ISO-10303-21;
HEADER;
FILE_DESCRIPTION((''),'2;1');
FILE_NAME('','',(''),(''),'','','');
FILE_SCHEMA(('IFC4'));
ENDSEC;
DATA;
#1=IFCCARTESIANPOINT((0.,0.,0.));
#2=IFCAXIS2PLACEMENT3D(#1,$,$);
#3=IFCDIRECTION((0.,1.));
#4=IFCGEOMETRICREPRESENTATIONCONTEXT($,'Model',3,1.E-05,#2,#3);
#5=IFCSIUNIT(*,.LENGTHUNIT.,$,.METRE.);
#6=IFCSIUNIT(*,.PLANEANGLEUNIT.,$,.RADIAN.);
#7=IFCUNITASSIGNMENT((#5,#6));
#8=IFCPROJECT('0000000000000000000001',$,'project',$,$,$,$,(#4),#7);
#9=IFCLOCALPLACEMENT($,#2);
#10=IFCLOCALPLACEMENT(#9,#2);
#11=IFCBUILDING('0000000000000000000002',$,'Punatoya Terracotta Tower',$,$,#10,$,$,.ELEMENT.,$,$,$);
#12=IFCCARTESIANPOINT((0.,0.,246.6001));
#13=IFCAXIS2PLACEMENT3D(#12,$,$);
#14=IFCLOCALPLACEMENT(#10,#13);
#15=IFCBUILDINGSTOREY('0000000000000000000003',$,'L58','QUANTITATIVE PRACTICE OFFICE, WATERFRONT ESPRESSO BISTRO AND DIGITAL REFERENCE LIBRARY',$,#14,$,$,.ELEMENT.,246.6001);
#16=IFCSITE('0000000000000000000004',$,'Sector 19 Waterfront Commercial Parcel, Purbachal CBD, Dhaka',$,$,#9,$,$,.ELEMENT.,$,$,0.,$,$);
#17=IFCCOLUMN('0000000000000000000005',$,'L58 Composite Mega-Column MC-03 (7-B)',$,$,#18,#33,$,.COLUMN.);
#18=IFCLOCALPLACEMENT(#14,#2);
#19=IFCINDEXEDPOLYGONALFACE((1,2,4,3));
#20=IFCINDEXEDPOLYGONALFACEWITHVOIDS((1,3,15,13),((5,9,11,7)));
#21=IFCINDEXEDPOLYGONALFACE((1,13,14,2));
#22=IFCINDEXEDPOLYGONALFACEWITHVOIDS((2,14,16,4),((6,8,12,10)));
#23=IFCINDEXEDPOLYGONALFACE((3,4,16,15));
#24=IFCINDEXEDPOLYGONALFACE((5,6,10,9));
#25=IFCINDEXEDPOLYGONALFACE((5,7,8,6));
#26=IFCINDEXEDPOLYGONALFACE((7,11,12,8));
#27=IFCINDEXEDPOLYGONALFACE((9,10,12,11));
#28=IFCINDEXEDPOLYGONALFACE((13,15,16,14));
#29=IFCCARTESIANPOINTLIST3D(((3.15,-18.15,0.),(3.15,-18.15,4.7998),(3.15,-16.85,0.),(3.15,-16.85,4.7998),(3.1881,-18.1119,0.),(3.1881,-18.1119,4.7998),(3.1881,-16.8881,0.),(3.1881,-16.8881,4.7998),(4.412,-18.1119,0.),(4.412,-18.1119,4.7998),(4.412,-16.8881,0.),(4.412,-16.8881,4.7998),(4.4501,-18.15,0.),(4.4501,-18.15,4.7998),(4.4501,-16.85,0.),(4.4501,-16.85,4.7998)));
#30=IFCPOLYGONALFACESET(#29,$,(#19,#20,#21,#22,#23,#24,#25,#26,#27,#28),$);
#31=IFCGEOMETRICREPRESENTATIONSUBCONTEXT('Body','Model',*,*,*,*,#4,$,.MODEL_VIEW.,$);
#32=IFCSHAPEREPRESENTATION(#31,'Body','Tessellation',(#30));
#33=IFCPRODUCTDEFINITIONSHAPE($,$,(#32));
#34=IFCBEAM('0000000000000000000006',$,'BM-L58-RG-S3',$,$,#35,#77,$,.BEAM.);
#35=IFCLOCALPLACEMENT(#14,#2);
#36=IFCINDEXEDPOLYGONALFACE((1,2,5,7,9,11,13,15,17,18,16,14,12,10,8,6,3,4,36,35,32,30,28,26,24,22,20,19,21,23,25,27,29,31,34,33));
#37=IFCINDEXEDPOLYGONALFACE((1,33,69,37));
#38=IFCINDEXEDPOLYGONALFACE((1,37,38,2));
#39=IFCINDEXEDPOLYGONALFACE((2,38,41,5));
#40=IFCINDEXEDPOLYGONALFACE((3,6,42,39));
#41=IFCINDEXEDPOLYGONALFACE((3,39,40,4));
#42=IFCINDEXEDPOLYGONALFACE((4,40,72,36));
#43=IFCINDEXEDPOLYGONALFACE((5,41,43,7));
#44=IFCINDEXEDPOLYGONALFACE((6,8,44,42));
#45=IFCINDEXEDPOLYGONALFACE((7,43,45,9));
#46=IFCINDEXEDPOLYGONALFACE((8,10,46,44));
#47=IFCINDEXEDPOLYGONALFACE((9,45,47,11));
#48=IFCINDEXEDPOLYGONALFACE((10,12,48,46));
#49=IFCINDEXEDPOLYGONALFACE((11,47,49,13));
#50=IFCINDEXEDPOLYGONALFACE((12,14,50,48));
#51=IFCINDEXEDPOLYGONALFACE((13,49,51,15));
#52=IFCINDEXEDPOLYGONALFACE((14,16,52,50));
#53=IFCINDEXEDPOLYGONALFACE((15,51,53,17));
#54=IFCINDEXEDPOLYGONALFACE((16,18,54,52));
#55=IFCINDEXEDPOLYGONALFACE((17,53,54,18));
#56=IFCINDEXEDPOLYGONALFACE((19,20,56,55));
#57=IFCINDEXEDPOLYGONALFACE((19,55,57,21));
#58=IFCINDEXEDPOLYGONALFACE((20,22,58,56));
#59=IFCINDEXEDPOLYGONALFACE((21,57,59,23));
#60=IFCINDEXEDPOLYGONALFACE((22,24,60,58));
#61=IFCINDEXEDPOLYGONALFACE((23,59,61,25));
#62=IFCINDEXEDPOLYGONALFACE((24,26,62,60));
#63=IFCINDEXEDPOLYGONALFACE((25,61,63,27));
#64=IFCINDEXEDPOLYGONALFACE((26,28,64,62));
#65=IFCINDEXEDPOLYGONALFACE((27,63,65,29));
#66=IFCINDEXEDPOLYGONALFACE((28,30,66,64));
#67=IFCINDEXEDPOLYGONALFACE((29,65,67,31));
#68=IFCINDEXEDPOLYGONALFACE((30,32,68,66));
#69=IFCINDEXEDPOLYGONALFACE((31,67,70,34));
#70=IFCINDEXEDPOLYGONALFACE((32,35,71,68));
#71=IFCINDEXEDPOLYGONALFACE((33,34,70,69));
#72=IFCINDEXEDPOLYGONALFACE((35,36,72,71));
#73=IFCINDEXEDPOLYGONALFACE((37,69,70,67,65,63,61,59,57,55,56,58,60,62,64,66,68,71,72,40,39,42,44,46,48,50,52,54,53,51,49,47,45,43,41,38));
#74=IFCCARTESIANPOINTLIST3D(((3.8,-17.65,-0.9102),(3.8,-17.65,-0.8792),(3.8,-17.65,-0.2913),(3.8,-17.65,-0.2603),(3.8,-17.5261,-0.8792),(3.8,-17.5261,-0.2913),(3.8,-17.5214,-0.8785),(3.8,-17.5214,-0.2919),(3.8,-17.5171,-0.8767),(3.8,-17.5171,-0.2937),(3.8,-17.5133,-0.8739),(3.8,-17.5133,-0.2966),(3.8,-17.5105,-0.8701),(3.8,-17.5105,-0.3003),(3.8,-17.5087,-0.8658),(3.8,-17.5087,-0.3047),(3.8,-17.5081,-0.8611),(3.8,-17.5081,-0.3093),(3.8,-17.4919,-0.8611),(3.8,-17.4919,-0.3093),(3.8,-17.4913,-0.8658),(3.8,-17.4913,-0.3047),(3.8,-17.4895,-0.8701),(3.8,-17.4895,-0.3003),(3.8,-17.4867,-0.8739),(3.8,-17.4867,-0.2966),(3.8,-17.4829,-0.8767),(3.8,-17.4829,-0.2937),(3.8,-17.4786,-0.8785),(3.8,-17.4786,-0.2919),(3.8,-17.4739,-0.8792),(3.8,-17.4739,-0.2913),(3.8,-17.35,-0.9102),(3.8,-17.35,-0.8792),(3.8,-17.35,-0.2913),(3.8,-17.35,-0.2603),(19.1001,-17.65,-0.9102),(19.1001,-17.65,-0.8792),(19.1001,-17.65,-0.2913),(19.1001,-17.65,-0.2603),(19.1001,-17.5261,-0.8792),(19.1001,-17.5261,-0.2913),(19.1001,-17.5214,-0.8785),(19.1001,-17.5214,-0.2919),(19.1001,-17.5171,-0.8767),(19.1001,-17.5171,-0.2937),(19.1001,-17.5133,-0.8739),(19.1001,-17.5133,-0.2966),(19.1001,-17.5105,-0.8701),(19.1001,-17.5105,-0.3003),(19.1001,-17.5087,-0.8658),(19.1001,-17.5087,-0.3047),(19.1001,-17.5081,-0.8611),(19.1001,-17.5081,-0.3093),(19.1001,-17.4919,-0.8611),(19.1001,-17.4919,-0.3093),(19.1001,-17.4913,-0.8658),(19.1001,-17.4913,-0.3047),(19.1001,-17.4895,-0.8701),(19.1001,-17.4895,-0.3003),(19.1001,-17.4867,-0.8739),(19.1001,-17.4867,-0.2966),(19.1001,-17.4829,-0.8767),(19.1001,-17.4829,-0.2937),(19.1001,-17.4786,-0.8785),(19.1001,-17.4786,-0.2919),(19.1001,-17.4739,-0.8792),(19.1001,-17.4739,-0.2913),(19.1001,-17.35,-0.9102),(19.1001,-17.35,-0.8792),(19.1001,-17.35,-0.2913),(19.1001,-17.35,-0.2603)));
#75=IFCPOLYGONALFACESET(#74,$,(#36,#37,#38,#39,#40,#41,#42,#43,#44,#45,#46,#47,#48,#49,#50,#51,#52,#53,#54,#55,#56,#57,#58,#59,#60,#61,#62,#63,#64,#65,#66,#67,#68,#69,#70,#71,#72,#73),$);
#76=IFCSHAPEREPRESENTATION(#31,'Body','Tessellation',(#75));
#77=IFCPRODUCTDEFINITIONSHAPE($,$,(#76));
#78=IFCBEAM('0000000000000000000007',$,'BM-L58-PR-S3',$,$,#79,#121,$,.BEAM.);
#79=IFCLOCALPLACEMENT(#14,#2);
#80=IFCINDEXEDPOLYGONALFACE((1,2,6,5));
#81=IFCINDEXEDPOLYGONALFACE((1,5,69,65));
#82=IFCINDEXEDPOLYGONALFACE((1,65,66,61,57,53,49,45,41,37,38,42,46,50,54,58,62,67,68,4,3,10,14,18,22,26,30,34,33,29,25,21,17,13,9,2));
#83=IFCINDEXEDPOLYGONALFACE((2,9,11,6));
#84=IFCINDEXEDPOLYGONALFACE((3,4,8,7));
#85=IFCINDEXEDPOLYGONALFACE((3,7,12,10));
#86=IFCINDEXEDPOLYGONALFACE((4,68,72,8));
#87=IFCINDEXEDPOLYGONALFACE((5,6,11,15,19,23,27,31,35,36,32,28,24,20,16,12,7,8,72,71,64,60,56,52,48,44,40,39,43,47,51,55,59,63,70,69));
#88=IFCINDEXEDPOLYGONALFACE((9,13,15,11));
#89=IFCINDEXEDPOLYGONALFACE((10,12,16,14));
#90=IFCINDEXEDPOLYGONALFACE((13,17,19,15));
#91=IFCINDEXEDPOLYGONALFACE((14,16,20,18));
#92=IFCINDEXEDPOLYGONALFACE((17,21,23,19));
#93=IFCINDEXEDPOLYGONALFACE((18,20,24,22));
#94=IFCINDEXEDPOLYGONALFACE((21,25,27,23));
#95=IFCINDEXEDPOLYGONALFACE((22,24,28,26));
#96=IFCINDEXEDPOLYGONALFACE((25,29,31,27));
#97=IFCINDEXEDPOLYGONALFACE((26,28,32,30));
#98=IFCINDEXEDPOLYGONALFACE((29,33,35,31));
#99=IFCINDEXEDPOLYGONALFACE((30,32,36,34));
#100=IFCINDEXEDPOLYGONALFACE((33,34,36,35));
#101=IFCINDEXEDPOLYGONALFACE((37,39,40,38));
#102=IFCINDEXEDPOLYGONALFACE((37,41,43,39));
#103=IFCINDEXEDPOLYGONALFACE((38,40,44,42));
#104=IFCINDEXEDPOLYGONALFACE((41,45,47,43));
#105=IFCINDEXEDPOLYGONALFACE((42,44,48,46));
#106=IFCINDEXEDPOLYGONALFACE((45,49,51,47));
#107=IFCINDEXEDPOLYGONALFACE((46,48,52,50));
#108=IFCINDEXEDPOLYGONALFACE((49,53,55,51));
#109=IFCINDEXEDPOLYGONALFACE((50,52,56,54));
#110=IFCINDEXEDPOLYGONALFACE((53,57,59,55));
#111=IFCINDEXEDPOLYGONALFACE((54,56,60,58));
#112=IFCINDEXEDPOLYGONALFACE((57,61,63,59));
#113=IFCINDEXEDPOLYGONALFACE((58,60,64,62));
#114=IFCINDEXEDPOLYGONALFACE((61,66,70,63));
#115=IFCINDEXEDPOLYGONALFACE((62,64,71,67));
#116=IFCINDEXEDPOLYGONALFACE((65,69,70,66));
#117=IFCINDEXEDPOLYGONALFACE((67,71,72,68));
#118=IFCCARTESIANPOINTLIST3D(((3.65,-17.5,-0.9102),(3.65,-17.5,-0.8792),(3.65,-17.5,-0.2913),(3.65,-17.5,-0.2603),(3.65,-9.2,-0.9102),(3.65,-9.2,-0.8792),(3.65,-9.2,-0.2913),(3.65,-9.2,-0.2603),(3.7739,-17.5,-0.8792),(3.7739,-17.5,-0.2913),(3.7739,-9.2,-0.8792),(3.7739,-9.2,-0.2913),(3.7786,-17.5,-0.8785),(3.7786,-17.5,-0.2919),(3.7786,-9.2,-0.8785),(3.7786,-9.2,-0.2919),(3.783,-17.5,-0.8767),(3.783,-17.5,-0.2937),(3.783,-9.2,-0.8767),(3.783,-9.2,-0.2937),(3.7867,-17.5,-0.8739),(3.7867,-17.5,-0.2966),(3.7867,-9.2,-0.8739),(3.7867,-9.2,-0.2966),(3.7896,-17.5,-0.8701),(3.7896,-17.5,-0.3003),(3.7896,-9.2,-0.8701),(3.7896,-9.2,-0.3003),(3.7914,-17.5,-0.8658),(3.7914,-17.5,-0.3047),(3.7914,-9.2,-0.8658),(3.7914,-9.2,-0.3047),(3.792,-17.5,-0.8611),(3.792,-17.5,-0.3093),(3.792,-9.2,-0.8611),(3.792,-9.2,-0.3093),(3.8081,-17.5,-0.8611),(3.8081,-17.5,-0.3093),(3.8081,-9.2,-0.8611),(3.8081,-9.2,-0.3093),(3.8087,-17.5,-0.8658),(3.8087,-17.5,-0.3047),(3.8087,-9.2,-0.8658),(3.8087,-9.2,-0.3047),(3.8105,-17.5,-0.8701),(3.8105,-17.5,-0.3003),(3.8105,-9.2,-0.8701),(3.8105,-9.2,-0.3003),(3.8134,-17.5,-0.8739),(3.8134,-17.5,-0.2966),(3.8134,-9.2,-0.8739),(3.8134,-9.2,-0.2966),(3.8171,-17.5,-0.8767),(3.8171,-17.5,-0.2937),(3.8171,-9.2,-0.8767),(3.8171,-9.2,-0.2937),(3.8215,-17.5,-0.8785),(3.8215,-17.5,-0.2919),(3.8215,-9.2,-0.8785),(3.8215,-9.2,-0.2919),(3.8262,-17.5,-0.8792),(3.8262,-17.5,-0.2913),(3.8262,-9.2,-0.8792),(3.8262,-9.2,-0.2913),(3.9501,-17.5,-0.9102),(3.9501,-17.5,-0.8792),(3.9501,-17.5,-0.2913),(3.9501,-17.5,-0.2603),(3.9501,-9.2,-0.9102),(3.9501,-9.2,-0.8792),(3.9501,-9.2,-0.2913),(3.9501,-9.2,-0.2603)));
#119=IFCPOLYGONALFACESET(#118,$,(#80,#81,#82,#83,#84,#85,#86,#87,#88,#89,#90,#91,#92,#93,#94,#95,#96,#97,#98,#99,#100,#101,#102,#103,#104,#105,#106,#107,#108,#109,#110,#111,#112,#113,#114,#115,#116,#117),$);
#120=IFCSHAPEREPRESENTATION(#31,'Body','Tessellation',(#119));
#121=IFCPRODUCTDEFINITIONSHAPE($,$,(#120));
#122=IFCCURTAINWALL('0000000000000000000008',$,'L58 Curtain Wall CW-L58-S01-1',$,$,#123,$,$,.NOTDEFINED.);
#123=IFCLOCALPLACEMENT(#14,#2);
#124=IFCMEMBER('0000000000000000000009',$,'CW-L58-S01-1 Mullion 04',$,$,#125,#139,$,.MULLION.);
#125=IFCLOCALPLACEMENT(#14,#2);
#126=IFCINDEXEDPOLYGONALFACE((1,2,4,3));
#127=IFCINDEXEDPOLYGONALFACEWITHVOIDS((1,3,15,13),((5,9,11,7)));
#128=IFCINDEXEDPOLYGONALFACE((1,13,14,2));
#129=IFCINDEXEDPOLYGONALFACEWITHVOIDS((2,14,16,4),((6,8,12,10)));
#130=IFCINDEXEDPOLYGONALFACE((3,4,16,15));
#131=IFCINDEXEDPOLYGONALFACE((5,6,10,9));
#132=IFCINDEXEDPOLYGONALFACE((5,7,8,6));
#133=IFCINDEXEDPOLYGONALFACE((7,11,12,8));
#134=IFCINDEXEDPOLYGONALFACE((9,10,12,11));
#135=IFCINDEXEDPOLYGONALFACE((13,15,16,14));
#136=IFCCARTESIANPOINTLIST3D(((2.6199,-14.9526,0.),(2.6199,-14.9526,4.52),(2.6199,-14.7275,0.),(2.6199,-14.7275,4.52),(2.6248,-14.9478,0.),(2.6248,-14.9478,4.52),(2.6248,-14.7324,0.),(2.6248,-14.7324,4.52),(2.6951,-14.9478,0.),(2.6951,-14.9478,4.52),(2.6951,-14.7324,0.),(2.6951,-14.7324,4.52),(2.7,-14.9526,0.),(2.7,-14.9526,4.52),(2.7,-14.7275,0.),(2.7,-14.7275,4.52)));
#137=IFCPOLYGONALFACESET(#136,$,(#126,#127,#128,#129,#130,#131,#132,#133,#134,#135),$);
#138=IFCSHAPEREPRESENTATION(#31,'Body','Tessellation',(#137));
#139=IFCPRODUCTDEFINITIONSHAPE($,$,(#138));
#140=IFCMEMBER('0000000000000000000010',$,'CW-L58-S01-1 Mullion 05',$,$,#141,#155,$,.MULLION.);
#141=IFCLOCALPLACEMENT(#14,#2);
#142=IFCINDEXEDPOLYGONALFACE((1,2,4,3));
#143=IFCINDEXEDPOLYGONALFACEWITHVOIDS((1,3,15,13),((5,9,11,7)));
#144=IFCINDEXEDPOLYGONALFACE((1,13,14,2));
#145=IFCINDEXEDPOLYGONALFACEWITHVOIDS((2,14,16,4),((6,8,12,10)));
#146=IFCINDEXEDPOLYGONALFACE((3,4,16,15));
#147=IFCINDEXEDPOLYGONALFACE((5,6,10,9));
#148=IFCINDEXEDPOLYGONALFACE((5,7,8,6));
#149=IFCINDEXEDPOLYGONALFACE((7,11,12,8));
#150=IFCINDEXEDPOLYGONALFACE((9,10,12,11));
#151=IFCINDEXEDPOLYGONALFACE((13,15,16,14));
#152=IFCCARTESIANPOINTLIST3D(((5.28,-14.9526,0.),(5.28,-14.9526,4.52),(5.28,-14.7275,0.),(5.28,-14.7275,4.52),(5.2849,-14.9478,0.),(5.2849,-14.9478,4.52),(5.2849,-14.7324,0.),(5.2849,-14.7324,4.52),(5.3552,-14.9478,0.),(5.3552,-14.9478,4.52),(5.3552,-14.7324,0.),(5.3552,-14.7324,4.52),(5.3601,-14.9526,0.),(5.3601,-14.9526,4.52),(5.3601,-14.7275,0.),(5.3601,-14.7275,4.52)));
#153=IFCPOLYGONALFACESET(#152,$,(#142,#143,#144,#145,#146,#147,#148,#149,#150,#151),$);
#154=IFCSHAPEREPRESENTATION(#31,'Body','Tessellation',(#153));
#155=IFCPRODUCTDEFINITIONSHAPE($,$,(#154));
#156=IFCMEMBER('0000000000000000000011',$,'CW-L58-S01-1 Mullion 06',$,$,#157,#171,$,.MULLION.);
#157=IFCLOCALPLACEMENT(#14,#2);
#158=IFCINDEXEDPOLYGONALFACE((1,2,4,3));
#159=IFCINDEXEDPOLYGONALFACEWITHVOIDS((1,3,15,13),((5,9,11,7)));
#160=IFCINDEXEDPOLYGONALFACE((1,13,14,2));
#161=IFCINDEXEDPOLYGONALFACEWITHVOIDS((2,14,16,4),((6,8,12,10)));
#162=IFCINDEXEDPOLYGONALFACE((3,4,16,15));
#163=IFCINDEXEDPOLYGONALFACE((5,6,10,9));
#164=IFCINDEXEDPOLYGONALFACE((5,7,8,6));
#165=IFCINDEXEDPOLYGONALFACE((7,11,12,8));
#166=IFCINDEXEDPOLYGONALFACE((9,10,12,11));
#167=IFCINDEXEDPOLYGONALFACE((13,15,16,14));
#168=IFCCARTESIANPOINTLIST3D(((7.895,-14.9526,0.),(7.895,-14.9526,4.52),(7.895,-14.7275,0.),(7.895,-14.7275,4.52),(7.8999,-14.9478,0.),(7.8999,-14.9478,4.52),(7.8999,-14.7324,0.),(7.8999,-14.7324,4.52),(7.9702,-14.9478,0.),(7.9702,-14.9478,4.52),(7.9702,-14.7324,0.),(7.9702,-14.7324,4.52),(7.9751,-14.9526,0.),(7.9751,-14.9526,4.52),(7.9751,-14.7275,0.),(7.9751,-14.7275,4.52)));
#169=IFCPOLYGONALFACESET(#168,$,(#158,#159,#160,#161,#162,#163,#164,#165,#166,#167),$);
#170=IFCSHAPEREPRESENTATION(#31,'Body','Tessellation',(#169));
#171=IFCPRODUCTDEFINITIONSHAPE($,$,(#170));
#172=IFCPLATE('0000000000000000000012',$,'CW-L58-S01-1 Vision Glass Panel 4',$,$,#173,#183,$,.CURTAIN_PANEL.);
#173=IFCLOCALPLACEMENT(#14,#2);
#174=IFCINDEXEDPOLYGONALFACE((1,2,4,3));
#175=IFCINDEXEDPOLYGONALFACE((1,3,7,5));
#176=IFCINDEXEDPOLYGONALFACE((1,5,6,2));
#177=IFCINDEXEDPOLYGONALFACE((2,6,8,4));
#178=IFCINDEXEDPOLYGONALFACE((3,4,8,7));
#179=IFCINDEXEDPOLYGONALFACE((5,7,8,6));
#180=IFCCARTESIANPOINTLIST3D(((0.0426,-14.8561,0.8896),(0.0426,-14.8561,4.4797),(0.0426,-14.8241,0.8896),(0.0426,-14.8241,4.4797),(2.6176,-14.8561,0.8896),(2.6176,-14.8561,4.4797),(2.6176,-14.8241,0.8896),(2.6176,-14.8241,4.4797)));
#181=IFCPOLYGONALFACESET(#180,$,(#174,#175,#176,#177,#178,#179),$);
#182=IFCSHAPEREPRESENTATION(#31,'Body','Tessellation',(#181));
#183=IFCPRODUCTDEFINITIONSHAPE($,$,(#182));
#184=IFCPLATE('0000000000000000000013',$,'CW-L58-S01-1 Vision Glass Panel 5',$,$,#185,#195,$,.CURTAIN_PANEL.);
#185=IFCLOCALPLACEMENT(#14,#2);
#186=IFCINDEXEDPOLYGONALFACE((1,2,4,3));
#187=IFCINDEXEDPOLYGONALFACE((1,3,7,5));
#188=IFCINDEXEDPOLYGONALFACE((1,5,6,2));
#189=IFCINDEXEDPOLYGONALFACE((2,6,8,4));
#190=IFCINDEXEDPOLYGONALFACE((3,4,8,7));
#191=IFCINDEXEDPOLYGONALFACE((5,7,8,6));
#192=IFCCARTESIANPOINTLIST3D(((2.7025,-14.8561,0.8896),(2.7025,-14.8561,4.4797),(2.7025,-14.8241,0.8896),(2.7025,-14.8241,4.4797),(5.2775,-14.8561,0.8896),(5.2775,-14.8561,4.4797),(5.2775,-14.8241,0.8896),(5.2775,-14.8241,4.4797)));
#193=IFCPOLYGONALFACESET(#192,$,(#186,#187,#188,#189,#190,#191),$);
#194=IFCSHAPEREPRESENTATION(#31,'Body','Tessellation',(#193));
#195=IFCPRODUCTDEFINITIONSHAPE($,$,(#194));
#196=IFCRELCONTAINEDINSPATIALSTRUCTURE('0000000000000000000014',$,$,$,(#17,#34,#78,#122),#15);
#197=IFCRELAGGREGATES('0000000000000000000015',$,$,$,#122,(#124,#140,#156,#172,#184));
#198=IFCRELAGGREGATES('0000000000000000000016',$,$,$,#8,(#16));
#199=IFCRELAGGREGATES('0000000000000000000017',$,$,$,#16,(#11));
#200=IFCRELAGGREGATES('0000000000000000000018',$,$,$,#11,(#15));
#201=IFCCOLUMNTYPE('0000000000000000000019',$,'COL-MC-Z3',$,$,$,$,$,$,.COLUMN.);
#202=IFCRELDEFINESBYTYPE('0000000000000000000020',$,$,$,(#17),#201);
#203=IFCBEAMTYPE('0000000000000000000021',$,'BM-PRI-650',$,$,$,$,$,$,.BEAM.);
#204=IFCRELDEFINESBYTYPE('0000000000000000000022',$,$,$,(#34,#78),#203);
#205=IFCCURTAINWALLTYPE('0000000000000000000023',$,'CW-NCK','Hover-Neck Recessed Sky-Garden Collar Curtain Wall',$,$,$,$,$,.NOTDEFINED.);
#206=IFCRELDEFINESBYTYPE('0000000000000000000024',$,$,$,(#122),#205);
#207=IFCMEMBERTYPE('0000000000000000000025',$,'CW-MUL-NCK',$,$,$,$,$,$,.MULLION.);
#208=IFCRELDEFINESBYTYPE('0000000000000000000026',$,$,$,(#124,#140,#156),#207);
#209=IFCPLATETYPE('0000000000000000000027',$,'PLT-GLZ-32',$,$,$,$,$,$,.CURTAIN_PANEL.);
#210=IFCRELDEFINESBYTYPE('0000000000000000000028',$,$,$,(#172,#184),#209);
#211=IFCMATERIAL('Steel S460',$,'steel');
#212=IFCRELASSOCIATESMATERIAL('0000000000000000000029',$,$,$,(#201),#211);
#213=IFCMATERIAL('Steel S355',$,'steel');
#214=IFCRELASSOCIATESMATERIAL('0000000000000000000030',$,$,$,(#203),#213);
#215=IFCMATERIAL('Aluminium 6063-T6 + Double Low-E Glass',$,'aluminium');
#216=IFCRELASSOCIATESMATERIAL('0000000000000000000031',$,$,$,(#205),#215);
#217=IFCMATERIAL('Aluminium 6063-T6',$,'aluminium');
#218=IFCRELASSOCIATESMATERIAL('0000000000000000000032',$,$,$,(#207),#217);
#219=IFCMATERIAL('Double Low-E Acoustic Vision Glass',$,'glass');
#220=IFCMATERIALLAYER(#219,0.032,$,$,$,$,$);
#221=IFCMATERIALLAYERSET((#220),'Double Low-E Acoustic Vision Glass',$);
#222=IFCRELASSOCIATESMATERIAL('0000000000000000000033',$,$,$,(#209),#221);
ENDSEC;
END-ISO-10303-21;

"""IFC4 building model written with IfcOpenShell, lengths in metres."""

from ifc_helpers import new_model, si_unit, direction, frame, origin, origin_2d, place, context, subcontext, project, spatial, rectangle, hollow_rectangle, i_section, extrude, material, layer, layer_set, material_profile, profile_set, type_object, element, aggregate, save


model = new_model("IFC4")

# Units and contexts
model_context = context("Model", 3, precision=1e-05, world=origin(), true_north=direction((0.0, 1.0)))
body_context = subcontext(model_context, "Body", "Model", "MODEL_VIEW")
ifc_project = project(units=[si_unit("LENGTHUNIT", "METRE"), si_unit("PLANEANGLEUNIT", "RADIAN")], contexts=[model_context])

# Site, building, storey
site_placement = place(None, origin())
site = spatial("IfcSite", under=ifc_project, at=site_placement, Name="Sector 19 Waterfront Commercial Parcel, Purbachal CBD, Dhaka", CompositionType="ELEMENT", RefElevation=0.0)
building_placement = place(site_placement, origin())
building = spatial("IfcBuilding", under=site, at=building_placement, Name="Punatoya Terracotta Tower", CompositionType="ELEMENT")
storey_placement = place(building_placement, frame((0.0, 0.0, 246.6001)))
storey = spatial("IfcBuildingStorey", under=building, at=storey_placement, Name="L58", Description="QUANTITATIVE PRACTICE OFFICE, WATERFRONT ESPRESSO BISTRO AND DIGITAL REFERENCE LIBRARY", CompositionType="ELEMENT", Elevation=246.6001)

# Column
ifc_material_1 = material(Name="Steel S460", Category="steel")
ifc_material_profile_1 = material_profile(ifc_material_1, hollow_rectangle(XDim=1.3, YDim=1.3, WallThickness=0.0381, at=origin_2d()))
ifc_profile_set_1 = profile_set([ifc_material_profile_1], Name="Steel S460")
column_type = type_object("IfcColumnType", Name="COL-MC-Z3", PredefinedType="COLUMN", material=ifc_profile_set_1)
column_placement = place(storey_placement, frame((3.8, -17.5, 0.0), z_axis=(0.0, 0.0, 1.0), x_axis=(1.0, 0.0, 0.0)))
element("IfcColumn", 1, at=column_placement, inside=storey, type_object=column_type, Name="L58 Composite Mega-Column MC-03 (7-B)", PredefinedType="COLUMN", context=body_context, shape_type="SweptSolid", body=[
    extrude(hollow_rectangle(XDim=1.3, YDim=1.3, WallThickness=0.0381, at=origin_2d()), origin(), (0.0, 0.0, 1.0), 4.7998),
])

# Beams
ifc_material_2 = material(Name="Steel S355", Category="steel")
ifc_material_profile_2 = material_profile(ifc_material_2, i_section(OverallWidth=0.3, OverallDepth=0.6499, WebThickness=0.0161, FlangeThickness=0.031, FilletRadius=0.0181, at=origin_2d()))
ifc_profile_set_2 = profile_set([ifc_material_profile_2], Name="Steel S355")
beam_type = type_object("IfcBeamType", Name="BM-PRI-650", PredefinedType="BEAM", material=ifc_profile_set_2)
beam_1_placement = place(storey_placement, frame((3.8, -17.5, -0.5852), z_axis=(1.0, 0.0, 0.0), x_axis=(0.0, 1.0, 0.0)))
element("IfcBeam", 2, at=beam_1_placement, inside=storey, type_object=beam_type, Name="BM-L58-RG-S3", PredefinedType="BEAM", context=body_context, shape_type="SweptSolid", body=[
    extrude(i_section(OverallWidth=0.3, OverallDepth=0.6499, WebThickness=0.0161, FlangeThickness=0.031, FilletRadius=0.0181, at=origin_2d()), origin(), (0.0, 0.0, 1.0), 15.3),
])
beam_2_placement = place(storey_placement, frame((3.8, -17.5, -0.5852), z_axis=(0.0, 1.0, 0.0), x_axis=(-1.0, 0.0, 0.0)))
element("IfcBeam", 3, at=beam_2_placement, inside=storey, type_object=beam_type, Name="BM-L58-PR-S3", PredefinedType="BEAM", context=body_context, shape_type="SweptSolid", body=[
    extrude(i_section(OverallWidth=0.3, OverallDepth=0.6499, WebThickness=0.0161, FlangeThickness=0.031, FilletRadius=0.0181, at=origin_2d()), origin(), (0.0, 0.0, 1.0), 8.3),
])

# Curtain wall, members, plates
ifc_material_3 = material(Name="Aluminium 6063-T6 + Double Low-E Glass", Category="aluminium")
curtain_wall_type = type_object("IfcCurtainWallType", Name="CW-NCK", Description="Hover-Neck Recessed Sky-Garden Collar Curtain Wall", PredefinedType="NOTDEFINED", material=ifc_material_3)
curtain_wall_placement = place(storey_placement, origin())
curtain_wall = element("IfcCurtainWall", 4, at=curtain_wall_placement, inside=storey, type_object=curtain_wall_type, Name="L58 Curtain Wall CW-L58-S01-1", PredefinedType="NOTDEFINED")
ifc_material_4 = material(Name="Aluminium 6063-T6", Category="aluminium")
ifc_material_profile_3 = material_profile(ifc_material_4, hollow_rectangle(XDim=0.0801, YDim=0.2251, WallThickness=0.0049, at=origin_2d()))
ifc_profile_set_3 = profile_set([ifc_material_profile_3], Name="Aluminium 6063-T6")
member_type = type_object("IfcMemberType", Name="CW-MUL-NCK", PredefinedType="MULLION", material=ifc_profile_set_3)
member_1_placement = place(storey_placement, frame((2.6599, -14.8401, 0.0), z_axis=(0.0, 0.0, 1.0), x_axis=(1.0, 0.0, 0.0)))
member_1 = element("IfcMember", 5, at=member_1_placement, type_object=member_type, Name="CW-L58-S01-1 Mullion 04", PredefinedType="MULLION", context=body_context, shape_type="SweptSolid", body=[
    extrude(hollow_rectangle(XDim=0.0801, YDim=0.2251, WallThickness=0.0049, at=origin_2d()), origin(), (0.0, 0.0, 1.0), 4.52),
])
member_2_placement = place(storey_placement, frame((5.3201, -14.8401, 0.0), z_axis=(0.0, 0.0, 1.0), x_axis=(1.0, 0.0, 0.0)))
member_2 = element("IfcMember", 6, at=member_2_placement, type_object=member_type, Name="CW-L58-S01-1 Mullion 05", PredefinedType="MULLION", context=body_context, shape_type="SweptSolid", body=[
    extrude(hollow_rectangle(XDim=0.0801, YDim=0.2251, WallThickness=0.0049, at=origin_2d()), origin(), (0.0, 0.0, 1.0), 4.52),
])
member_3_placement = place(storey_placement, frame((7.9351, -14.8401, 0.0), z_axis=(0.0, 0.0, 1.0), x_axis=(1.0, 0.0, 0.0)))
member_3 = element("IfcMember", 7, at=member_3_placement, type_object=member_type, Name="CW-L58-S01-1 Mullion 06", PredefinedType="MULLION", context=body_context, shape_type="SweptSolid", body=[
    extrude(hollow_rectangle(XDim=0.0801, YDim=0.2251, WallThickness=0.0049, at=origin_2d()), origin(), (0.0, 0.0, 1.0), 4.52),
])
ifc_material_5 = material(Name="Double Low-E Acoustic Vision Glass", Category="glass")
ifc_layer_1 = layer(ifc_material_5, 0.032)
ifc_layer_set_1 = layer_set([ifc_layer_1], Name="Double Low-E Acoustic Vision Glass")
plate_type_1 = type_object("IfcPlateType", Name="PLT-GLZ-32", PredefinedType="CURTAIN_PANEL", material=ifc_layer_set_1)
plate_1_placement = place(storey_placement, frame((1.3301, -14.8401, 0.8896), z_axis=(0.0, 0.0, 1.0), x_axis=(1.0, 0.0, 0.0)))
plate_1 = element("IfcPlate", 8, at=plate_1_placement, type_object=plate_type_1, Name="CW-L58-S01-1 Vision Glass Panel 4", PredefinedType="CURTAIN_PANEL", context=body_context, shape_type="SweptSolid", body=[
    extrude(rectangle(XDim=2.575, YDim=0.032, at=origin_2d()), origin(), (0.0, 0.0, 1.0), 3.5901),
])
plate_2_placement = place(storey_placement, frame((3.99, -14.8401, 0.8896), z_axis=(0.0, 0.0, 1.0), x_axis=(1.0, 0.0, 0.0)))
plate_2 = element("IfcPlate", 9, at=plate_2_placement, type_object=plate_type_1, Name="CW-L58-S01-1 Vision Glass Panel 5", PredefinedType="CURTAIN_PANEL", context=body_context, shape_type="SweptSolid", body=[
    extrude(rectangle(XDim=2.575, YDim=0.032, at=origin_2d()), origin(), (0.0, 0.0, 1.0), 3.5901),
])
aggregate(curtain_wall, [member_1, member_2, member_3, plate_1, plate_2])

save(model, "model.ifc")
